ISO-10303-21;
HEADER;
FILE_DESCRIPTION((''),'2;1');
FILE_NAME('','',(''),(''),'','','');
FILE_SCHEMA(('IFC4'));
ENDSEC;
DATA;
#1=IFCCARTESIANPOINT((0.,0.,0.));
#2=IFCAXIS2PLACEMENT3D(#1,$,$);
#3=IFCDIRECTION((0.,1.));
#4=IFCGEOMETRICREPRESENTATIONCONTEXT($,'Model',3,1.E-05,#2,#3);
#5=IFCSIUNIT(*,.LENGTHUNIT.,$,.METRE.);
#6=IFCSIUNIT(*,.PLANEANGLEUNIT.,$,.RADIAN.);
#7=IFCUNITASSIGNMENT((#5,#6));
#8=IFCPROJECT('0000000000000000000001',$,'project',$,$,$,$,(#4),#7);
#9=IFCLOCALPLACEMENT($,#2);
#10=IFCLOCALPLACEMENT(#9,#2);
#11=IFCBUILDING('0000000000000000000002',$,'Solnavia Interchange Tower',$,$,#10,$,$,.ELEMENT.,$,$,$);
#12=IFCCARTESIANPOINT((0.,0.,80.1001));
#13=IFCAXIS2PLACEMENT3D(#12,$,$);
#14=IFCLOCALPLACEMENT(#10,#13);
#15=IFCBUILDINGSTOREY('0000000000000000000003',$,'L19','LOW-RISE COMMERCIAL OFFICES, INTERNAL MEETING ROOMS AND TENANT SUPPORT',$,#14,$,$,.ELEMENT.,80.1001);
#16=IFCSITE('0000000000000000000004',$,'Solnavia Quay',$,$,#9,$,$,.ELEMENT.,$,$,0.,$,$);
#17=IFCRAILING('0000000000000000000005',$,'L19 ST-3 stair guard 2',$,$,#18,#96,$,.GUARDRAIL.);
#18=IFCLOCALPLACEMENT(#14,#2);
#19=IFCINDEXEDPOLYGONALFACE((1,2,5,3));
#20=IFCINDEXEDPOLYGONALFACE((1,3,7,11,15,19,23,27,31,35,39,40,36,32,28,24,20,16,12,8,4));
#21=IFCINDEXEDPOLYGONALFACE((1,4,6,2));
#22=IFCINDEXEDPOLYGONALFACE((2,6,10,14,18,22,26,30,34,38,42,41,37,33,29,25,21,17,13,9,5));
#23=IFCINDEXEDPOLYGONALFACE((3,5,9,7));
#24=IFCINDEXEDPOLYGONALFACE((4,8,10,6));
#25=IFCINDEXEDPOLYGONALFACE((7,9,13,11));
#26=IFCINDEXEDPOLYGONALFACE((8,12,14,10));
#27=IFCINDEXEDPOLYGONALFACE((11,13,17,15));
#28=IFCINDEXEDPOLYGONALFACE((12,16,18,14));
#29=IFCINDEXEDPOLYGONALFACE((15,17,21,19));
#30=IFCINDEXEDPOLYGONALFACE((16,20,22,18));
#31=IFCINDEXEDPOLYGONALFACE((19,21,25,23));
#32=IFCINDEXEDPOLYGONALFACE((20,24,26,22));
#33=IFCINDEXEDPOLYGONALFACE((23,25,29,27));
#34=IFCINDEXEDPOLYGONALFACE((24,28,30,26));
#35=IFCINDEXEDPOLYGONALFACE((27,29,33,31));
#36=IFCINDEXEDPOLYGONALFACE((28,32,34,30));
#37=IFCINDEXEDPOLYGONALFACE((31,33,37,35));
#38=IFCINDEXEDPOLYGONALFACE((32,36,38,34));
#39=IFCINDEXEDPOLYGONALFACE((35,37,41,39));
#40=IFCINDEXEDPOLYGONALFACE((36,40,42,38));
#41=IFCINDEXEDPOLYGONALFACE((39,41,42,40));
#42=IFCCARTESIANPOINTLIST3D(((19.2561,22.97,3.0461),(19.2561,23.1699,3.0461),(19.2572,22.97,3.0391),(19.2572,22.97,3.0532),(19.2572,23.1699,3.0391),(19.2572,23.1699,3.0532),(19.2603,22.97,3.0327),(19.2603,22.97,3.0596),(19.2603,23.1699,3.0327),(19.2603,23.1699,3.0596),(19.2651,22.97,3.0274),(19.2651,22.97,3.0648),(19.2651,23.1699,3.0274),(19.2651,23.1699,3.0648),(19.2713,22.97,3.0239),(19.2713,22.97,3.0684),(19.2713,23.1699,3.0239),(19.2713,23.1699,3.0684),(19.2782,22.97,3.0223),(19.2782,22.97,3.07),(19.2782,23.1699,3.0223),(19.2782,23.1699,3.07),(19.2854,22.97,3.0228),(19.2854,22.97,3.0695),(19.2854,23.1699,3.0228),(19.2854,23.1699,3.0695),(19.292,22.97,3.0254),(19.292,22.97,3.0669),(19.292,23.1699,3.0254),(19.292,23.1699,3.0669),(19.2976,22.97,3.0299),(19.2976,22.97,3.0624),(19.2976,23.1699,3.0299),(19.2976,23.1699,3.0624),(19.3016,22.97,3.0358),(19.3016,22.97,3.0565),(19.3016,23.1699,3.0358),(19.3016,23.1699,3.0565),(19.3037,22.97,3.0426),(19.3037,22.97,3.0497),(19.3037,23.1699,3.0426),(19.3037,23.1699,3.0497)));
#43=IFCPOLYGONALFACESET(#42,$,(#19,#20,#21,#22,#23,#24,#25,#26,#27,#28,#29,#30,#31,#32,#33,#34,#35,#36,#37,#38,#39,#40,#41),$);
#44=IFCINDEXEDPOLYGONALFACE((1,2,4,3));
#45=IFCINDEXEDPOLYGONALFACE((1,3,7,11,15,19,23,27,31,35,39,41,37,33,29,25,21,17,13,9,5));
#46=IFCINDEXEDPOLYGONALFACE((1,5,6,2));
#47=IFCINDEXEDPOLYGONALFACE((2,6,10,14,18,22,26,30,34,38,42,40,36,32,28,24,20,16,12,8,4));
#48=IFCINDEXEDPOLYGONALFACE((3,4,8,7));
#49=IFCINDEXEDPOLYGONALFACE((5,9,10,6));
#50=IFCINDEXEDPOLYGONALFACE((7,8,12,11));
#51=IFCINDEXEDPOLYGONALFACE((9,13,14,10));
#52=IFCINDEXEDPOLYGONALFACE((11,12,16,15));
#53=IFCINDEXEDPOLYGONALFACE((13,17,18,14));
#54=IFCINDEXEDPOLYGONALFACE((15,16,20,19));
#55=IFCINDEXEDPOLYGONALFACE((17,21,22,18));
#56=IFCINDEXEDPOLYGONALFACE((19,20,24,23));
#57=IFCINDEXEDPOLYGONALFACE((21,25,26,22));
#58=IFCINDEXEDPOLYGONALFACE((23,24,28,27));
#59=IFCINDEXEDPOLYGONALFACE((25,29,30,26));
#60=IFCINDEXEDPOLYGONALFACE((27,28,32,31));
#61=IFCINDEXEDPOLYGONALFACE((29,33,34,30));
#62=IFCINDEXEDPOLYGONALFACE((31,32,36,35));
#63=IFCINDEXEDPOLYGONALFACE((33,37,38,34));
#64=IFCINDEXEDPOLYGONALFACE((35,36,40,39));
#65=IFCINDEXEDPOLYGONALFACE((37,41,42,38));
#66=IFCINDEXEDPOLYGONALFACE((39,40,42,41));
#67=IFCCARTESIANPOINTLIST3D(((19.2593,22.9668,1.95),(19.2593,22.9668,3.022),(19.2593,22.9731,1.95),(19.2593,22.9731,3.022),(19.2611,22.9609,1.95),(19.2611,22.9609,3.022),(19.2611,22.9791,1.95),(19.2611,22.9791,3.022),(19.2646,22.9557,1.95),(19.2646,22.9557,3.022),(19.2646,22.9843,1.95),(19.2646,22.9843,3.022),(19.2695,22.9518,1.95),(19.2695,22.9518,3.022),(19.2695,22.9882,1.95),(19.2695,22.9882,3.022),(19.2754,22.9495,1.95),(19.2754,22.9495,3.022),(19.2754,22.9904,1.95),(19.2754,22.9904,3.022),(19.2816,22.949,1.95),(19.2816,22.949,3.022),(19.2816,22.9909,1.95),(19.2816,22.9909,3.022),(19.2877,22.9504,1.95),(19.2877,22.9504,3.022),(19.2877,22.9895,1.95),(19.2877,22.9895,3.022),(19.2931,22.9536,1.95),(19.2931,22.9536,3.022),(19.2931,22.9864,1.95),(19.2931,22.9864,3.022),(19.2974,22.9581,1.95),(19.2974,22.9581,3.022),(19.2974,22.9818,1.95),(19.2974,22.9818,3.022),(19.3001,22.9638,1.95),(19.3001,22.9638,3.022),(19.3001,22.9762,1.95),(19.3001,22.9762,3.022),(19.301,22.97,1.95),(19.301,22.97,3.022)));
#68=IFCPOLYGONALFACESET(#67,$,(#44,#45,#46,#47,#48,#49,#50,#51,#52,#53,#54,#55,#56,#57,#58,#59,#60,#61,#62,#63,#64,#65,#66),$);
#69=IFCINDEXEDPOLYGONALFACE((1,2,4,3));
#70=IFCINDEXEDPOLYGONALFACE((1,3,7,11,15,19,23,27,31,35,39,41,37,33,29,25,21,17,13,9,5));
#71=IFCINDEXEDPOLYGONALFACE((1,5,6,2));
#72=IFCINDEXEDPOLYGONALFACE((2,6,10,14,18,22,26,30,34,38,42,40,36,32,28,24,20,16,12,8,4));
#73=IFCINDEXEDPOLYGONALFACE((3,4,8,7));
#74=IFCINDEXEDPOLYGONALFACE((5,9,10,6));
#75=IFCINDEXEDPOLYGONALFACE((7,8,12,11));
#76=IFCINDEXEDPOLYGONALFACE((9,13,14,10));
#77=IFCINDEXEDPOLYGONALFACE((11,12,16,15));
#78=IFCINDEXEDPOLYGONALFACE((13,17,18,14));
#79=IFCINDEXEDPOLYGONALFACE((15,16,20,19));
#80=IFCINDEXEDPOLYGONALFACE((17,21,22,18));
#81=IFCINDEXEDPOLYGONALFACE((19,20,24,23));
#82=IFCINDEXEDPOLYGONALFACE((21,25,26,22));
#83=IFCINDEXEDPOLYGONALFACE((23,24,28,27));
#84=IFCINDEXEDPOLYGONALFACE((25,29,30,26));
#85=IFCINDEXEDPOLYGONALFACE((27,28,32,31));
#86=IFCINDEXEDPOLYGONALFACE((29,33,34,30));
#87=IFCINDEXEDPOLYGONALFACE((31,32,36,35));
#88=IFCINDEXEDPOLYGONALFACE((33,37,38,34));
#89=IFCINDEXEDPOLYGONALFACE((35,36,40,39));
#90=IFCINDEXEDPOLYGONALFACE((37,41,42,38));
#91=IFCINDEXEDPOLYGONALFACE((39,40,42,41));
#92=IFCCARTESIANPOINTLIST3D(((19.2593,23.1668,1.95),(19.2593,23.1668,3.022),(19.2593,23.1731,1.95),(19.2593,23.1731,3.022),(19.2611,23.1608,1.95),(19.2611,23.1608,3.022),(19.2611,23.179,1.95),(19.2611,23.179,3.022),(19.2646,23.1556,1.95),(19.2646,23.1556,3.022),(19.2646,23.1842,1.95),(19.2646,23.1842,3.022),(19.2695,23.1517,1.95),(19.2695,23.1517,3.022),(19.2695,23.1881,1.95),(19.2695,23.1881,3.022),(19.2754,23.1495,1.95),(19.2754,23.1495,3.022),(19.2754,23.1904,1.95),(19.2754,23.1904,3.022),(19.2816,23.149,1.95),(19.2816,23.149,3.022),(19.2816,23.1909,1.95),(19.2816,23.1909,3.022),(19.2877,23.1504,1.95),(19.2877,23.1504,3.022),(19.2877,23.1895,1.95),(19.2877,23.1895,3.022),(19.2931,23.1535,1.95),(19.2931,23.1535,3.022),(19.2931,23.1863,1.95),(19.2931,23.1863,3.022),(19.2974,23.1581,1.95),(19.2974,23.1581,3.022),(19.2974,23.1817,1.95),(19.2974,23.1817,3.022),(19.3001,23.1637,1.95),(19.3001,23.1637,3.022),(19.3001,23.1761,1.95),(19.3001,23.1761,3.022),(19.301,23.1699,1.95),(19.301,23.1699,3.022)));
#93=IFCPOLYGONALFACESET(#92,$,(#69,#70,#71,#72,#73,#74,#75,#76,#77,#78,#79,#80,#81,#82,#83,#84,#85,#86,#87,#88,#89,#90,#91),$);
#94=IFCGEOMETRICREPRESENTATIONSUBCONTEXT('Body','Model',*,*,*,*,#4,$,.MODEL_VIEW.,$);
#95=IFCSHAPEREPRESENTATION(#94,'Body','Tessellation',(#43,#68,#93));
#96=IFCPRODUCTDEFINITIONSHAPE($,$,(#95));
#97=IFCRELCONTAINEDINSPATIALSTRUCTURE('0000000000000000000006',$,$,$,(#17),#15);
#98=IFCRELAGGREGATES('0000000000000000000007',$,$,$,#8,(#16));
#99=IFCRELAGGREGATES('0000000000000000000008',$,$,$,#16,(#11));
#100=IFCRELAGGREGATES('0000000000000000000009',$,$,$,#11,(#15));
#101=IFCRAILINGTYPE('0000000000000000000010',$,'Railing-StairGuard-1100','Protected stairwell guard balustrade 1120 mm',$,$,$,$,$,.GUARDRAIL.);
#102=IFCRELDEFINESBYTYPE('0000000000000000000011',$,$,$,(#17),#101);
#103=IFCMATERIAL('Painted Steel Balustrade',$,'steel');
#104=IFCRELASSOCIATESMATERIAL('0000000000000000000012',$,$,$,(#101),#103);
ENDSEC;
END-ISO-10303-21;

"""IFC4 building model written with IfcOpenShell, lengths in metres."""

from ifc_helpers import new_model, si_unit, direction, frame, origin, origin_2d, place, context, subcontext, project, spatial, circle, extrude, material, type_object, element, save


model = new_model("IFC4")

# Units and contexts
model_context = context("Model", 3, precision=1e-05, world=origin(), true_north=direction((0.0, 1.0)))
body_context = subcontext(model_context, "Body", "Model", "MODEL_VIEW")
ifc_project = project(units=[si_unit("LENGTHUNIT", "METRE"), si_unit("PLANEANGLEUNIT", "RADIAN")], contexts=[model_context])

# Site, building, storey
site_placement = place(None, origin())
site = spatial("IfcSite", under=ifc_project, at=site_placement, Name="Solnavia Quay", CompositionType="ELEMENT", RefElevation=0.0)
building_placement = place(site_placement, origin())
building = spatial("IfcBuilding", under=site, at=building_placement, Name="Solnavia Interchange Tower", CompositionType="ELEMENT")
storey_placement = place(building_placement, frame((0.0, 0.0, 80.1001)))
storey = spatial("IfcBuildingStorey", under=building, at=storey_placement, Name="L19", Description="LOW-RISE COMMERCIAL OFFICES, INTERNAL MEETING ROOMS AND TENANT SUPPORT", CompositionType="ELEMENT", Elevation=80.1001)

# Railing
ifc_material_1 = material(Name="Painted Steel Balustrade", Category="steel")
railing_type_1 = type_object("IfcRailingType", Name="Railing-StairGuard-1100", Description="Protected stairwell guard balustrade 1120 mm", PredefinedType="GUARDRAIL", material=ifc_material_1)
railing_1_placement = place(storey_placement, frame((19.28, 22.97, 1.95)))
element("IfcRailing", 1, at=railing_1_placement, inside=storey, type_object=railing_type_1, Name="L19 ST-3 stair guard 2", PredefinedType="GUARDRAIL", context=body_context, shape_type="SweptSolid", body=[
    extrude(circle(Radius=0.0239, at=origin_2d()), frame((0.0, 0.0, 1.0962), z_axis=(0.0, 1.0, 0.0), x_axis=(-1.0, 0.0, 0.0)), (0.0, 0.0, 1.0), 0.2),
    extrude(circle(Radius=0.021, at=origin_2d()), origin(), (0.0, 0.0, 1.0), 1.072),
    extrude(circle(Radius=0.021, at=origin_2d()), frame((0.0, 0.2, 0.0)), (0.0, 0.0, 1.0), 1.072),
])

save(model, "model.ifc")
